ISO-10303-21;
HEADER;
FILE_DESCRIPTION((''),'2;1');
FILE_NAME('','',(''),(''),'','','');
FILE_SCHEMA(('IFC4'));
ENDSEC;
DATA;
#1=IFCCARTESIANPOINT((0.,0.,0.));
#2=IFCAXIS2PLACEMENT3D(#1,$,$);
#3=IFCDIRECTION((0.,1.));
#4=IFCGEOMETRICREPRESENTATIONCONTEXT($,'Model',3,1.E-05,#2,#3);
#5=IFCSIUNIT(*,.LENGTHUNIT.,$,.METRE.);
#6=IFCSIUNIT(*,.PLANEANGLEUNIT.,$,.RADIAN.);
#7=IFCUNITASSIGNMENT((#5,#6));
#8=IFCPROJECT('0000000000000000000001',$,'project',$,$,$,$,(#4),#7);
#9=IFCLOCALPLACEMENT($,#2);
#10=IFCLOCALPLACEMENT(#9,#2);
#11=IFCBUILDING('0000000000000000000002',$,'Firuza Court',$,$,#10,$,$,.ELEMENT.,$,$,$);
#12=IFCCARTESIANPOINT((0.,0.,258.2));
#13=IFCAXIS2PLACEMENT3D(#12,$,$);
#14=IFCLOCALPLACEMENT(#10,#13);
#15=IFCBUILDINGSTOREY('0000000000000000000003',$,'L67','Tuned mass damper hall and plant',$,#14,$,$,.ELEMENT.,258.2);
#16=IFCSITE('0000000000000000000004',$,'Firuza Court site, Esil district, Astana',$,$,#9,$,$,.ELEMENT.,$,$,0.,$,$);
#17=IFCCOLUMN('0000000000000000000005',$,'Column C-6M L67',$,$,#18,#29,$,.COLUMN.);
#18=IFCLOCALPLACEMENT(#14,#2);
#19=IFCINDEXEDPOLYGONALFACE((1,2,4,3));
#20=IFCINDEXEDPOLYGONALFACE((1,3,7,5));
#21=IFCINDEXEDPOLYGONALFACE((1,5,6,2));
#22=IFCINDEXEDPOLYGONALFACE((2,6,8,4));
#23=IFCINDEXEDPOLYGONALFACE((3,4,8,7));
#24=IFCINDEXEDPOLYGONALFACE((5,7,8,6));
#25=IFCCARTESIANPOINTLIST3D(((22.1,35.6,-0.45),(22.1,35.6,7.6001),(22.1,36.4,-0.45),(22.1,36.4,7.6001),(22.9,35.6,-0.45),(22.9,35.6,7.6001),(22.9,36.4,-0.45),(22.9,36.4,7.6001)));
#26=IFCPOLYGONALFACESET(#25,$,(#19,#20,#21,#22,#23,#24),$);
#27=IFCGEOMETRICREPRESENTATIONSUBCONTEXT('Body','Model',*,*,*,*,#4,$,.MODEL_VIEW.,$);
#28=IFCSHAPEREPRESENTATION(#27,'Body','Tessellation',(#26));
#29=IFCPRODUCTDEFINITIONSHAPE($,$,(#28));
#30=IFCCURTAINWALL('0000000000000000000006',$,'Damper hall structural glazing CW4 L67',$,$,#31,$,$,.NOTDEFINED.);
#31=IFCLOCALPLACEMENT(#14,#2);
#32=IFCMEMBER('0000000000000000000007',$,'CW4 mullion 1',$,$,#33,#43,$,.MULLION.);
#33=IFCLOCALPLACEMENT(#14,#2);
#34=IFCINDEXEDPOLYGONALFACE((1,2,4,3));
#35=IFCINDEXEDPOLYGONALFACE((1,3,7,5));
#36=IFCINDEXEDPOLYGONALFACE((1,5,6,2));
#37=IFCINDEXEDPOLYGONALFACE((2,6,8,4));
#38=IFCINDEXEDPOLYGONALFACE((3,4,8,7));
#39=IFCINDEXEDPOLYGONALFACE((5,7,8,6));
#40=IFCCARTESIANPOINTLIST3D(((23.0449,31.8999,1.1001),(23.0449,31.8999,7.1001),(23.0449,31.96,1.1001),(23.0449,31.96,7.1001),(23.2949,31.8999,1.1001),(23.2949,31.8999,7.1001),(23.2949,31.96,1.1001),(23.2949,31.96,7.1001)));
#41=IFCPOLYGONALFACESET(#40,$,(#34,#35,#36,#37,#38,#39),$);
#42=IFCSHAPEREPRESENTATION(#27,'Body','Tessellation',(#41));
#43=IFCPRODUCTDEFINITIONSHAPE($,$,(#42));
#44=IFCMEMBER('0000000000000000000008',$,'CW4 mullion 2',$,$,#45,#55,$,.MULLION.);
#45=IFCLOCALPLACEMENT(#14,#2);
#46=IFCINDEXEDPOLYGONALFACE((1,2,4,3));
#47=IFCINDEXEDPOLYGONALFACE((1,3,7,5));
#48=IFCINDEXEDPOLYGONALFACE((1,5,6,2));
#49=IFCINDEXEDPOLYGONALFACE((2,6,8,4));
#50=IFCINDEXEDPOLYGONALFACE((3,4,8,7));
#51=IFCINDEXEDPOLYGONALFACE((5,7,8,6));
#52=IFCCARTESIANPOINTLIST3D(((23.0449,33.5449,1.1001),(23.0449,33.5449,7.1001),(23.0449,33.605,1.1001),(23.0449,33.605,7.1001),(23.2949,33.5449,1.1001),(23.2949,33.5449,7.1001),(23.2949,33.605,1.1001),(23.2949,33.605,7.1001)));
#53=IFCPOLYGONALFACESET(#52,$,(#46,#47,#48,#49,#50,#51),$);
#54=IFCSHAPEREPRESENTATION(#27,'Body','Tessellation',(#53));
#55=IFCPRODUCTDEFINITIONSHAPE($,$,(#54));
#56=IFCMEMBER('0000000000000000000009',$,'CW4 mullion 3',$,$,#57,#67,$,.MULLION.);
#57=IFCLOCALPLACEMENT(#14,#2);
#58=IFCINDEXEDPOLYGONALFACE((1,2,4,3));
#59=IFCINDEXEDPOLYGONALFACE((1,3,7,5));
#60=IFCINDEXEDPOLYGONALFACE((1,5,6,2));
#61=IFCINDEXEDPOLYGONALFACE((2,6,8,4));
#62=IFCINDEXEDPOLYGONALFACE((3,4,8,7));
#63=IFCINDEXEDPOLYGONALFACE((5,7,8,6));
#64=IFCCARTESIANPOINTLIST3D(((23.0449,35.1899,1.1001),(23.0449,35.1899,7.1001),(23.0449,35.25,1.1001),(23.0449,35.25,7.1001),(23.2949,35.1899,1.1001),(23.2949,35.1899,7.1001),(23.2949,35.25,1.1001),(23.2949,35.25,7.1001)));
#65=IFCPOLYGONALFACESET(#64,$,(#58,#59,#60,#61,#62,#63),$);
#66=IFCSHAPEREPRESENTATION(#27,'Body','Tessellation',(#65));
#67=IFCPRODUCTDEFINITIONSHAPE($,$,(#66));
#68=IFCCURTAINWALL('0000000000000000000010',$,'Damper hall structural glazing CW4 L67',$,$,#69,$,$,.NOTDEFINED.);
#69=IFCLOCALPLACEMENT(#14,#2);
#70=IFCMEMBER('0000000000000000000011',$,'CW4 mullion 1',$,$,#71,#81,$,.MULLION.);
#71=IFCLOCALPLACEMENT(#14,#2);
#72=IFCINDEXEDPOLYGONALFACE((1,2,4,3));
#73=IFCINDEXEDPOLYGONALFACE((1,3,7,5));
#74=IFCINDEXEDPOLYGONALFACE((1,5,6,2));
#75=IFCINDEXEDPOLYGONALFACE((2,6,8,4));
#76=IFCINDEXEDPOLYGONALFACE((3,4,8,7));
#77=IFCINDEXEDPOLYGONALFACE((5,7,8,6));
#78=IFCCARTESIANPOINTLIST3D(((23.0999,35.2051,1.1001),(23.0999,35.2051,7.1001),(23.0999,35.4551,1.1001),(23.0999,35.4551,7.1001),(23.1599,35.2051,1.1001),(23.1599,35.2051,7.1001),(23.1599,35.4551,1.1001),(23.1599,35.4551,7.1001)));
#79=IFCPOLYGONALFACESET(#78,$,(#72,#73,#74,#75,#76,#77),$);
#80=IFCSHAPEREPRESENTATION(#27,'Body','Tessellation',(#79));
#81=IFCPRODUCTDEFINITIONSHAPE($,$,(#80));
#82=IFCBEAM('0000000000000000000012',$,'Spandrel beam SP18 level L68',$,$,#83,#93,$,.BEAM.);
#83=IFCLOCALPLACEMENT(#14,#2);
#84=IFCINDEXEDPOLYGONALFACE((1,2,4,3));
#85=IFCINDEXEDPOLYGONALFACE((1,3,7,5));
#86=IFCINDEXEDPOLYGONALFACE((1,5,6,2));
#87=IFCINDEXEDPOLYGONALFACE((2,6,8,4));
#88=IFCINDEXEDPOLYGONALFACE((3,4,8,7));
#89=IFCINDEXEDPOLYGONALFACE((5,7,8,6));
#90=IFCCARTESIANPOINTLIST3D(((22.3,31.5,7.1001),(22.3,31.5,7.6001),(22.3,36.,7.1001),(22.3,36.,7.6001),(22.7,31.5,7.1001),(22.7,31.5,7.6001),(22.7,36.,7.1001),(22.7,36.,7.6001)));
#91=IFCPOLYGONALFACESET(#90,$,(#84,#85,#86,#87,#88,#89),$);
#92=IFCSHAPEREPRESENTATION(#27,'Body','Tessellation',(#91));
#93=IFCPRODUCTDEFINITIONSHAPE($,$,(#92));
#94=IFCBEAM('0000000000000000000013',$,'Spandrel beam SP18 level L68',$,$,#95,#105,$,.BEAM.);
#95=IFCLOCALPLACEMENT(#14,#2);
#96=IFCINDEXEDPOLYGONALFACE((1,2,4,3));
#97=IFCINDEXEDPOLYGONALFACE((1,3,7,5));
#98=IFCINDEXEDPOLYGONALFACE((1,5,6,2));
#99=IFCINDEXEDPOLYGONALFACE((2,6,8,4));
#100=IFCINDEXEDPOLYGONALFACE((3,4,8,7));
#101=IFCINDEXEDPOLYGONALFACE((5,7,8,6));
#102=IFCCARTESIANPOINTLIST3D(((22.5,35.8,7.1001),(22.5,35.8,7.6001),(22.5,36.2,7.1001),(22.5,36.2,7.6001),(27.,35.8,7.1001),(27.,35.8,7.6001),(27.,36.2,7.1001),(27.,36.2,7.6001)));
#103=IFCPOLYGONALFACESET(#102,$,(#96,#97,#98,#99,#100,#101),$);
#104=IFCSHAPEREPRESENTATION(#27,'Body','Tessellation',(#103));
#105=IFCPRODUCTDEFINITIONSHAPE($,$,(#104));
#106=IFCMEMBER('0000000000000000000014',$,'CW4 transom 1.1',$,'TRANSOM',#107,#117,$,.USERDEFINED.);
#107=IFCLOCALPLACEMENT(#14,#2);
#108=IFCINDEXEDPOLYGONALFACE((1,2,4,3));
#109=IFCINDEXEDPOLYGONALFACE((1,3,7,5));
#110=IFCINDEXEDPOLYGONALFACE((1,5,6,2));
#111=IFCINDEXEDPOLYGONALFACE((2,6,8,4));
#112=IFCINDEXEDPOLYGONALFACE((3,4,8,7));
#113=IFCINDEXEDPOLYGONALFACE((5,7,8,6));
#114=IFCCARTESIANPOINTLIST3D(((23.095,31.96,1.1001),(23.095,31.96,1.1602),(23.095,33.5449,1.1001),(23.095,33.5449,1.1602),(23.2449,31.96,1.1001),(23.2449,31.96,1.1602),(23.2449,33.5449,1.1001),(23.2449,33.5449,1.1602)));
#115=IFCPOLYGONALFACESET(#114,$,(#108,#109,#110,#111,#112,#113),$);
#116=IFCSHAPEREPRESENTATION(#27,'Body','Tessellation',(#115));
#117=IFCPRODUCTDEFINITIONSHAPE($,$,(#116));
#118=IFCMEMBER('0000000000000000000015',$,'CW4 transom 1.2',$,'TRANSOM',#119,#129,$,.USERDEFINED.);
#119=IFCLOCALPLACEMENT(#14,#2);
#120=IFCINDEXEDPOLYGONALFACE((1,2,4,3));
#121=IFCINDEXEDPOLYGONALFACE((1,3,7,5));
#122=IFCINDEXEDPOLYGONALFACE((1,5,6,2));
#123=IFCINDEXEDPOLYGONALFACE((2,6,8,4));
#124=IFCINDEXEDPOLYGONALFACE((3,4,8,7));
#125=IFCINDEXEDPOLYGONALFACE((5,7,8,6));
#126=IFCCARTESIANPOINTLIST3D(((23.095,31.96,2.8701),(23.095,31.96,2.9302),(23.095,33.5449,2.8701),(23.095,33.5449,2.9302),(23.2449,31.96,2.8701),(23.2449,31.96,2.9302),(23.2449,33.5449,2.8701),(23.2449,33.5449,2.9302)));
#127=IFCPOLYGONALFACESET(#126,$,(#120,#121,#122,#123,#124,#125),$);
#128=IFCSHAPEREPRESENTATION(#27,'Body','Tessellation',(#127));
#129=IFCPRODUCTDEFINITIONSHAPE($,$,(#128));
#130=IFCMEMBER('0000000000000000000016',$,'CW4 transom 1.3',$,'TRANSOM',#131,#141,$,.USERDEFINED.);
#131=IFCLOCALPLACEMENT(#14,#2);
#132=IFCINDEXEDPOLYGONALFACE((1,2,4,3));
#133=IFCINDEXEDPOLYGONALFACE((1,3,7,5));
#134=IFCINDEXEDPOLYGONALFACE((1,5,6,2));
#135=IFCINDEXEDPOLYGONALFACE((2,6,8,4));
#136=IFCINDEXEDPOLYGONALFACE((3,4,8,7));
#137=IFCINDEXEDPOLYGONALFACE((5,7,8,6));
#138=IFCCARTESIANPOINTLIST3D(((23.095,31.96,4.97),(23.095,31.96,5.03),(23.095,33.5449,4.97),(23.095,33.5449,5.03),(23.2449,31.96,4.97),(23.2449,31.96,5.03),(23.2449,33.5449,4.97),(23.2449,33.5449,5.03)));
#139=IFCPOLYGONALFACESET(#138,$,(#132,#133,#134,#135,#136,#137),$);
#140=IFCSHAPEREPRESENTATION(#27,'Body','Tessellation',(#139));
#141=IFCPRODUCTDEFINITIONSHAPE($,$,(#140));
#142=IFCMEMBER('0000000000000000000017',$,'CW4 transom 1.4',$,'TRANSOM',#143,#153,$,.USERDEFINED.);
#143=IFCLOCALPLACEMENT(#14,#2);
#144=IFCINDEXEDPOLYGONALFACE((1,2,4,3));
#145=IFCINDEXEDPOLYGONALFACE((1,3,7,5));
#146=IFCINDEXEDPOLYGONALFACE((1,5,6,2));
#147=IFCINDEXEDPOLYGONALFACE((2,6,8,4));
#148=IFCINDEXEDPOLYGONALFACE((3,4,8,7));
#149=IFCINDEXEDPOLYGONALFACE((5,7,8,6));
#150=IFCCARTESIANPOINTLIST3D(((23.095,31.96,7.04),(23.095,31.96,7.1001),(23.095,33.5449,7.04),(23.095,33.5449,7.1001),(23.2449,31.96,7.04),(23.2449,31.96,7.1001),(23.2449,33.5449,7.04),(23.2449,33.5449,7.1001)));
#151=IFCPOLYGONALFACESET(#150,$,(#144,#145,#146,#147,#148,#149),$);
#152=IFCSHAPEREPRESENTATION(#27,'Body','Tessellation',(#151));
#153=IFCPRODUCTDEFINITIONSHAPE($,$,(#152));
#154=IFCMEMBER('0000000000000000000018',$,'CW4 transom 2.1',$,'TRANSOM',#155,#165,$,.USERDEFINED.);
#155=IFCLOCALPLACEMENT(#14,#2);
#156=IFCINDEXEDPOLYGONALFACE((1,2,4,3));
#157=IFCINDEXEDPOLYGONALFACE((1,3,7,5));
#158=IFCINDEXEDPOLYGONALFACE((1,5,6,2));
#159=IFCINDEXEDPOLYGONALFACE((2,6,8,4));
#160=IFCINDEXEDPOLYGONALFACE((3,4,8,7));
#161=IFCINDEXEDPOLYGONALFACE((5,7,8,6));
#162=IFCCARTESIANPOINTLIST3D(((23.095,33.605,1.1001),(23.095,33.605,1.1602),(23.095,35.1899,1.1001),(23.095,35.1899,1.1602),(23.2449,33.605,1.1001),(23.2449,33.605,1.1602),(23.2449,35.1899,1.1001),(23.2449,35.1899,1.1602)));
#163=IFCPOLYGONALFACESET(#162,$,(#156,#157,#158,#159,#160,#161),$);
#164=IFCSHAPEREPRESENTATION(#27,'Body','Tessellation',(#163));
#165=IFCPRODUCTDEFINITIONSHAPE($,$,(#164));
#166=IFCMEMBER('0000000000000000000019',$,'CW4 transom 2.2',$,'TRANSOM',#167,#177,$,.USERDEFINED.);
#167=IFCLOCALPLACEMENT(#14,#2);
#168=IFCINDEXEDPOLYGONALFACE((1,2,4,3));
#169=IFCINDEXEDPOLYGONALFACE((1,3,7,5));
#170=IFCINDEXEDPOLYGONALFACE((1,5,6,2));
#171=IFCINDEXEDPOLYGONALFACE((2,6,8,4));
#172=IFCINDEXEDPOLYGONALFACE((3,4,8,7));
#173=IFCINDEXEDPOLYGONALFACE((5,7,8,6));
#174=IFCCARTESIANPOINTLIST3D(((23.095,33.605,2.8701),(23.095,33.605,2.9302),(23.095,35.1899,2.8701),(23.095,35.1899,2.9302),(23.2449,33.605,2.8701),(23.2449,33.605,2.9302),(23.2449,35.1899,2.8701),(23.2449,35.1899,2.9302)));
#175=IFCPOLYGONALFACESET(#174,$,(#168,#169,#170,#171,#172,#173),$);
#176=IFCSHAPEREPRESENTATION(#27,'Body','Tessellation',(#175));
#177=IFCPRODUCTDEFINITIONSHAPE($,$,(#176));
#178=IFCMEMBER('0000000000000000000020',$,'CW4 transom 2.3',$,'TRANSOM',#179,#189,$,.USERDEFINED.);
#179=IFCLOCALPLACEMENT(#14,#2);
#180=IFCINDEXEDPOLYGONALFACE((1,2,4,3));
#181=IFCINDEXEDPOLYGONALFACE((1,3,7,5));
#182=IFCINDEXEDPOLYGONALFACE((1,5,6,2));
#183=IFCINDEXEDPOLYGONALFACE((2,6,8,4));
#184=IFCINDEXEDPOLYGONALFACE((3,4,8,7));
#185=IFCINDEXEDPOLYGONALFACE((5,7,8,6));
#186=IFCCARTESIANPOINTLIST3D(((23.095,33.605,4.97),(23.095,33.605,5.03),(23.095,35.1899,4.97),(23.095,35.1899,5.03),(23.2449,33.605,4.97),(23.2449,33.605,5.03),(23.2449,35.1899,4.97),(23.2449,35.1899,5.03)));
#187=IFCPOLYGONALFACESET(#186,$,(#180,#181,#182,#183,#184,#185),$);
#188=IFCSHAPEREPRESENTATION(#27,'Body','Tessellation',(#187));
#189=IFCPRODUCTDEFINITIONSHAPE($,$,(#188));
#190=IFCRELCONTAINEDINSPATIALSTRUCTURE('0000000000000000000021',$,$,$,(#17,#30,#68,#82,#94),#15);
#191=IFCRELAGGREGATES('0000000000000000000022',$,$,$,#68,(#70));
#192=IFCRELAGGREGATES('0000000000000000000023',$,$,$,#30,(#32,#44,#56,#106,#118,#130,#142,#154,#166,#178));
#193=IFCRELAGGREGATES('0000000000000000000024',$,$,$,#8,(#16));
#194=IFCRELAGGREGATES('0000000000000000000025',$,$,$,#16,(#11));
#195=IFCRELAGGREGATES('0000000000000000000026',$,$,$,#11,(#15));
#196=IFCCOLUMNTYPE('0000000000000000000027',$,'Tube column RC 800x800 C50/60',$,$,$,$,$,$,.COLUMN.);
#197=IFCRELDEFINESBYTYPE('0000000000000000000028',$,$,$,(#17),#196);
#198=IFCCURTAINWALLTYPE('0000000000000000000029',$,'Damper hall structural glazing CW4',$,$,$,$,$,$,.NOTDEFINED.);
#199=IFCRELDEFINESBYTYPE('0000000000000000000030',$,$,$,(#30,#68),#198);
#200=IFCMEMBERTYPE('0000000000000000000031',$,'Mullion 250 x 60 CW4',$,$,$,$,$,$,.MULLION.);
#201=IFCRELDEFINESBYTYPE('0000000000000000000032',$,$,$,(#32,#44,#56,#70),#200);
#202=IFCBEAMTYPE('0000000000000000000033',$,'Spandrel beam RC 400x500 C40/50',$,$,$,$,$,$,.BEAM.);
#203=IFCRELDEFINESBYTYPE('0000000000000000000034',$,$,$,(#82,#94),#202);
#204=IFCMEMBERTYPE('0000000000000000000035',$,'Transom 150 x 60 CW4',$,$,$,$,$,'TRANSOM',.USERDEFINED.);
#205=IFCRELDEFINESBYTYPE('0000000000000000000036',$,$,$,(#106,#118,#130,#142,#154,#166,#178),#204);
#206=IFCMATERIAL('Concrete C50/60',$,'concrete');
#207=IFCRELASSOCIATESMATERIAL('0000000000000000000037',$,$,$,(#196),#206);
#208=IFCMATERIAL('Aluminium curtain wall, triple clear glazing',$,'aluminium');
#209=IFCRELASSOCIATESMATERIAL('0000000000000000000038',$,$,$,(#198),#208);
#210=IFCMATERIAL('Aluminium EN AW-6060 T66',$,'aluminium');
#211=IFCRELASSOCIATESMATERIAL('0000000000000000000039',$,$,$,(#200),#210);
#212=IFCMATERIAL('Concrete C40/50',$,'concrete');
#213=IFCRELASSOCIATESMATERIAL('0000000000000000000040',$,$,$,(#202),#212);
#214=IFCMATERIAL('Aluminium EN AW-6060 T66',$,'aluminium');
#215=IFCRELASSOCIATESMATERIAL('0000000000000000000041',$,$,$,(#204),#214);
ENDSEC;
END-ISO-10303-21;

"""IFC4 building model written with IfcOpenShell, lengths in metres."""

from ifc_helpers import new_model, si_unit, direction, frame, origin, origin_2d, place, context, subcontext, project, spatial, rectangle, extrude, material, material_profile, profile_set, type_object, element, aggregate, save


model = new_model("IFC4")

# Units and contexts
model_context = context("Model", 3, precision=1e-05, world=origin(), true_north=direction((0.0, 1.0)))
body_context = subcontext(model_context, "Body", "Model", "MODEL_VIEW")
ifc_project = project(units=[si_unit("LENGTHUNIT", "METRE"), si_unit("PLANEANGLEUNIT", "RADIAN")], contexts=[model_context])

# Site, building, storey
site_placement = place(None, origin())
site = spatial("IfcSite", under=ifc_project, at=site_placement, Name="Firuza Court site, Esil district, Astana", CompositionType="ELEMENT", RefElevation=0.0)
building_placement = place(site_placement, origin())
building = spatial("IfcBuilding", under=site, at=building_placement, Name="Firuza Court", CompositionType="ELEMENT")
storey_placement = place(building_placement, frame((0.0, 0.0, 258.2)))
storey = spatial("IfcBuildingStorey", under=building, at=storey_placement, Name="L67", Description="Tuned mass damper hall and plant", CompositionType="ELEMENT", Elevation=258.2)

# Column
ifc_material_1 = material(Name="Concrete C50/60", Category="concrete")
ifc_material_profile_1 = material_profile(ifc_material_1, rectangle(XDim=0.8, YDim=0.8, at=origin_2d()), Name="RC 800x800")
ifc_profile_set_1 = profile_set([ifc_material_profile_1], Name="Concrete C50/60")
column_type = type_object("IfcColumnType", Name="Tube column RC 800x800 C50/60", PredefinedType="COLUMN", material=ifc_profile_set_1)
column_placement = place(storey_placement, frame((22.5, 36.0, -0.45), z_axis=(0.0, 0.0, 1.0), x_axis=(1.0, 0.0, 0.0)))
element("IfcColumn", 1, at=column_placement, inside=storey, type_object=column_type, Name="Column C-6M L67", PredefinedType="COLUMN", context=body_context, shape_type="SweptSolid", body=[
    extrude(rectangle(XDim=0.8, YDim=0.8, at=origin_2d()), origin(), (0.0, 0.0, 1.0), 8.05),
])

# Curtain wall, members
ifc_material_2 = material(Name="Aluminium curtain wall, triple clear glazing", Category="aluminium")
curtain_wall_type = type_object("IfcCurtainWallType", Name="Damper hall structural glazing CW4", PredefinedType="NOTDEFINED", material=ifc_material_2)
curtain_wall_1_placement = place(storey_placement, origin())
curtain_wall_1 = element("IfcCurtainWall", 2, at=curtain_wall_1_placement, inside=storey, type_object=curtain_wall_type, Name="Damper hall structural glazing CW4 L67", PredefinedType="NOTDEFINED")
ifc_material_3 = material(Name="Aluminium EN AW-6060 T66", Category="aluminium")
ifc_material_profile_2 = material_profile(ifc_material_3, rectangle(XDim=0.25, YDim=0.0601, at=origin_2d()), Name="Mullion 250 x 60 CW4")
ifc_profile_set_2 = profile_set([ifc_material_profile_2], Name="Aluminium EN AW-6060 T66")
member_type_1 = type_object("IfcMemberType", Name="Mullion 250 x 60 CW4", PredefinedType="MULLION", material=ifc_profile_set_2)
member_1_placement = place(storey_placement, frame((23.1699, 31.9299, 1.1001), z_axis=(0.0, 0.0, 1.0), x_axis=(-1.0, 0.0, 0.0)))
member_1 = element("IfcMember", 3, at=member_1_placement, type_object=member_type_1, Name="CW4 mullion 1", PredefinedType="MULLION", context=body_context, shape_type="SweptSolid", body=[
    extrude(rectangle(XDim=0.25, YDim=0.0601, at=origin_2d()), origin(), (0.0, 0.0, 1.0), 6.0),
])
member_2_placement = place(storey_placement, frame((23.1699, 33.575, 1.1001), z_axis=(0.0, 0.0, 1.0), x_axis=(-1.0, 0.0, 0.0)))
member_2 = element("IfcMember", 4, at=member_2_placement, type_object=member_type_1, Name="CW4 mullion 2", PredefinedType="MULLION", context=body_context, shape_type="SweptSolid", body=[
    extrude(rectangle(XDim=0.25, YDim=0.0601, at=origin_2d()), origin(), (0.0, 0.0, 1.0), 6.0),
])
member_3_placement = place(storey_placement, frame((23.1699, 35.22, 1.1001), z_axis=(0.0, 0.0, 1.0), x_axis=(-1.0, 0.0, 0.0)))
member_3 = element("IfcMember", 5, at=member_3_placement, type_object=member_type_1, Name="CW4 mullion 3", PredefinedType="MULLION", context=body_context, shape_type="SweptSolid", body=[
    extrude(rectangle(XDim=0.25, YDim=0.0601, at=origin_2d()), origin(), (0.0, 0.0, 1.0), 6.0),
])

# Curtain wall, member
curtain_wall_2_placement = place(storey_placement, origin())
curtain_wall_2 = element("IfcCurtainWall", 6, at=curtain_wall_2_placement, inside=storey, type_object=curtain_wall_type, Name="Damper hall structural glazing CW4 L67", PredefinedType="NOTDEFINED")
member_4_placement = place(storey_placement, frame((23.1299, 35.3301, 1.1001), z_axis=(0.0, 0.0, 1.0), x_axis=(0.0, 1.0, 0.0)))
member_4 = element("IfcMember", 7, at=member_4_placement, type_object=member_type_1, Name="CW4 mullion 1", PredefinedType="MULLION", context=body_context, shape_type="SweptSolid", body=[
    extrude(rectangle(XDim=0.25, YDim=0.0601, at=origin_2d()), origin(), (0.0, 0.0, 1.0), 6.0),
])

# Beams
ifc_material_4 = material(Name="Concrete C40/50", Category="concrete")
ifc_material_profile_3 = material_profile(ifc_material_4, rectangle(XDim=0.3999, YDim=0.5, at=origin_2d()), Name="RC 400x500")
ifc_profile_set_3 = profile_set([ifc_material_profile_3], Name="Concrete C40/50")
beam_type = type_object("IfcBeamType", Name="Spandrel beam RC 400x500 C40/50", PredefinedType="BEAM", material=ifc_profile_set_3)
for number, where, z_axis, x_axis, name in (
    (8, (22.5, 31.5, 7.3501), (0.0, 1.0, 0.0), (-1.0, 0.0, 0.0), "Spandrel beam SP18 level L68"),
    (9, (22.5, 36.0, 7.3501), (1.0, 0.0, 0.0), (0.0, 1.0, 0.0), "Spandrel beam SP18 level L68"),
):
    element("IfcBeam", number, at=place(storey_placement, frame(where, z_axis=z_axis, x_axis=x_axis)), inside=storey, type_object=beam_type, Name=name, PredefinedType="BEAM", context=body_context, shape_type="SweptSolid", body=[
        extrude(rectangle(XDim=0.3999, YDim=0.5, at=origin_2d()), origin(), (0.0, 0.0, 1.0), 4.5),
    ])

# Members
ifc_material_5 = material(Name="Aluminium EN AW-6060 T66", Category="aluminium")
ifc_material_profile_4 = material_profile(ifc_material_5, rectangle(XDim=0.1499, YDim=0.0601, at=origin_2d()), Name="Transom 150 x 60 CW4")
ifc_profile_set_4 = profile_set([ifc_material_profile_4], Name="Aluminium EN AW-6060 T66")
member_type_2 = type_object("IfcMemberType", Name="Transom 150 x 60 CW4", ElementType="TRANSOM", PredefinedType="USERDEFINED", material=ifc_profile_set_4)
member_5_placement = place(storey_placement, frame((23.1699, 31.96, 1.1301), z_axis=(0.0, 1.0, 0.0), x_axis=(-1.0, 0.0, 0.0)))
member_5 = element("IfcMember", 10, at=member_5_placement, type_object=member_type_2, Name="CW4 transom 1.1", ObjectType="TRANSOM", PredefinedType="USERDEFINED", context=body_context, shape_type="SweptSolid", body=[
    extrude(rectangle(XDim=0.1499, YDim=0.0601, at=origin_2d()), origin(), (0.0, 0.0, 1.0), 1.585),
])
member_6_placement = place(storey_placement, frame((23.1699, 31.96, 2.9001), z_axis=(0.0, 1.0, 0.0), x_axis=(-1.0, 0.0, 0.0)))
member_6 = element("IfcMember", 11, at=member_6_placement, type_object=member_type_2, Name="CW4 transom 1.2", ObjectType="TRANSOM", PredefinedType="USERDEFINED", context=body_context, shape_type="SweptSolid", body=[
    extrude(rectangle(XDim=0.1499, YDim=0.0601, at=origin_2d()), origin(), (0.0, 0.0, 1.0), 1.585),
])
member_7_placement = place(storey_placement, frame((23.1699, 31.96, 5.0), z_axis=(0.0, 1.0, 0.0), x_axis=(-1.0, 0.0, 0.0)))
member_7 = element("IfcMember", 12, at=member_7_placement, type_object=member_type_2, Name="CW4 transom 1.3", ObjectType="TRANSOM", PredefinedType="USERDEFINED", context=body_context, shape_type="SweptSolid", body=[
    extrude(rectangle(XDim=0.1499, YDim=0.0601, at=origin_2d()), origin(), (0.0, 0.0, 1.0), 1.585),
])
member_8_placement = place(storey_placement, frame((23.1699, 31.96, 7.0701), z_axis=(0.0, 1.0, 0.0), x_axis=(-1.0, 0.0, 0.0)))
member_8 = element("IfcMember", 13, at=member_8_placement, type_object=member_type_2, Name="CW4 transom 1.4", ObjectType="TRANSOM", PredefinedType="USERDEFINED", context=body_context, shape_type="SweptSolid", body=[
    extrude(rectangle(XDim=0.1499, YDim=0.0601, at=origin_2d()), origin(), (0.0, 0.0, 1.0), 1.585),
])
member_9_placement = place(storey_placement, frame((23.1699, 33.605, 1.1301), z_axis=(0.0, 1.0, 0.0), x_axis=(-1.0, 0.0, 0.0)))
member_9 = element("IfcMember", 14, at=member_9_placement, type_object=member_type_2, Name="CW4 transom 2.1", ObjectType="TRANSOM", PredefinedType="USERDEFINED", context=body_context, shape_type="SweptSolid", body=[
    extrude(rectangle(XDim=0.1499, YDim=0.0601, at=origin_2d()), origin(), (0.0, 0.0, 1.0), 1.585),
])
member_10_placement = place(storey_placement, frame((23.1699, 33.605, 2.9001), z_axis=(0.0, 1.0, 0.0), x_axis=(-1.0, 0.0, 0.0)))
member_10 = element("IfcMember", 15, at=member_10_placement, type_object=member_type_2, Name="CW4 transom 2.2", ObjectType="TRANSOM", PredefinedType="USERDEFINED", context=body_context, shape_type="SweptSolid", body=[
    extrude(rectangle(XDim=0.1499, YDim=0.0601, at=origin_2d()), origin(), (0.0, 0.0, 1.0), 1.585),
])
member_11_placement = place(storey_placement, frame((23.1699, 33.605, 5.0), z_axis=(0.0, 1.0, 0.0), x_axis=(-1.0, 0.0, 0.0)))
member_11 = element("IfcMember", 16, at=member_11_placement, type_object=member_type_2, Name="CW4 transom 2.3", ObjectType="TRANSOM", PredefinedType="USERDEFINED", context=body_context, shape_type="SweptSolid", body=[
    extrude(rectangle(XDim=0.1499, YDim=0.0601, at=origin_2d()), origin(), (0.0, 0.0, 1.0), 1.585),
])
aggregate(curtain_wall_2, [member_4])

aggregate(curtain_wall_1, [member_1, member_2, member_3, member_5, member_6, member_7, member_8, member_9, member_10, member_11])

save(model, "model.ifc")
